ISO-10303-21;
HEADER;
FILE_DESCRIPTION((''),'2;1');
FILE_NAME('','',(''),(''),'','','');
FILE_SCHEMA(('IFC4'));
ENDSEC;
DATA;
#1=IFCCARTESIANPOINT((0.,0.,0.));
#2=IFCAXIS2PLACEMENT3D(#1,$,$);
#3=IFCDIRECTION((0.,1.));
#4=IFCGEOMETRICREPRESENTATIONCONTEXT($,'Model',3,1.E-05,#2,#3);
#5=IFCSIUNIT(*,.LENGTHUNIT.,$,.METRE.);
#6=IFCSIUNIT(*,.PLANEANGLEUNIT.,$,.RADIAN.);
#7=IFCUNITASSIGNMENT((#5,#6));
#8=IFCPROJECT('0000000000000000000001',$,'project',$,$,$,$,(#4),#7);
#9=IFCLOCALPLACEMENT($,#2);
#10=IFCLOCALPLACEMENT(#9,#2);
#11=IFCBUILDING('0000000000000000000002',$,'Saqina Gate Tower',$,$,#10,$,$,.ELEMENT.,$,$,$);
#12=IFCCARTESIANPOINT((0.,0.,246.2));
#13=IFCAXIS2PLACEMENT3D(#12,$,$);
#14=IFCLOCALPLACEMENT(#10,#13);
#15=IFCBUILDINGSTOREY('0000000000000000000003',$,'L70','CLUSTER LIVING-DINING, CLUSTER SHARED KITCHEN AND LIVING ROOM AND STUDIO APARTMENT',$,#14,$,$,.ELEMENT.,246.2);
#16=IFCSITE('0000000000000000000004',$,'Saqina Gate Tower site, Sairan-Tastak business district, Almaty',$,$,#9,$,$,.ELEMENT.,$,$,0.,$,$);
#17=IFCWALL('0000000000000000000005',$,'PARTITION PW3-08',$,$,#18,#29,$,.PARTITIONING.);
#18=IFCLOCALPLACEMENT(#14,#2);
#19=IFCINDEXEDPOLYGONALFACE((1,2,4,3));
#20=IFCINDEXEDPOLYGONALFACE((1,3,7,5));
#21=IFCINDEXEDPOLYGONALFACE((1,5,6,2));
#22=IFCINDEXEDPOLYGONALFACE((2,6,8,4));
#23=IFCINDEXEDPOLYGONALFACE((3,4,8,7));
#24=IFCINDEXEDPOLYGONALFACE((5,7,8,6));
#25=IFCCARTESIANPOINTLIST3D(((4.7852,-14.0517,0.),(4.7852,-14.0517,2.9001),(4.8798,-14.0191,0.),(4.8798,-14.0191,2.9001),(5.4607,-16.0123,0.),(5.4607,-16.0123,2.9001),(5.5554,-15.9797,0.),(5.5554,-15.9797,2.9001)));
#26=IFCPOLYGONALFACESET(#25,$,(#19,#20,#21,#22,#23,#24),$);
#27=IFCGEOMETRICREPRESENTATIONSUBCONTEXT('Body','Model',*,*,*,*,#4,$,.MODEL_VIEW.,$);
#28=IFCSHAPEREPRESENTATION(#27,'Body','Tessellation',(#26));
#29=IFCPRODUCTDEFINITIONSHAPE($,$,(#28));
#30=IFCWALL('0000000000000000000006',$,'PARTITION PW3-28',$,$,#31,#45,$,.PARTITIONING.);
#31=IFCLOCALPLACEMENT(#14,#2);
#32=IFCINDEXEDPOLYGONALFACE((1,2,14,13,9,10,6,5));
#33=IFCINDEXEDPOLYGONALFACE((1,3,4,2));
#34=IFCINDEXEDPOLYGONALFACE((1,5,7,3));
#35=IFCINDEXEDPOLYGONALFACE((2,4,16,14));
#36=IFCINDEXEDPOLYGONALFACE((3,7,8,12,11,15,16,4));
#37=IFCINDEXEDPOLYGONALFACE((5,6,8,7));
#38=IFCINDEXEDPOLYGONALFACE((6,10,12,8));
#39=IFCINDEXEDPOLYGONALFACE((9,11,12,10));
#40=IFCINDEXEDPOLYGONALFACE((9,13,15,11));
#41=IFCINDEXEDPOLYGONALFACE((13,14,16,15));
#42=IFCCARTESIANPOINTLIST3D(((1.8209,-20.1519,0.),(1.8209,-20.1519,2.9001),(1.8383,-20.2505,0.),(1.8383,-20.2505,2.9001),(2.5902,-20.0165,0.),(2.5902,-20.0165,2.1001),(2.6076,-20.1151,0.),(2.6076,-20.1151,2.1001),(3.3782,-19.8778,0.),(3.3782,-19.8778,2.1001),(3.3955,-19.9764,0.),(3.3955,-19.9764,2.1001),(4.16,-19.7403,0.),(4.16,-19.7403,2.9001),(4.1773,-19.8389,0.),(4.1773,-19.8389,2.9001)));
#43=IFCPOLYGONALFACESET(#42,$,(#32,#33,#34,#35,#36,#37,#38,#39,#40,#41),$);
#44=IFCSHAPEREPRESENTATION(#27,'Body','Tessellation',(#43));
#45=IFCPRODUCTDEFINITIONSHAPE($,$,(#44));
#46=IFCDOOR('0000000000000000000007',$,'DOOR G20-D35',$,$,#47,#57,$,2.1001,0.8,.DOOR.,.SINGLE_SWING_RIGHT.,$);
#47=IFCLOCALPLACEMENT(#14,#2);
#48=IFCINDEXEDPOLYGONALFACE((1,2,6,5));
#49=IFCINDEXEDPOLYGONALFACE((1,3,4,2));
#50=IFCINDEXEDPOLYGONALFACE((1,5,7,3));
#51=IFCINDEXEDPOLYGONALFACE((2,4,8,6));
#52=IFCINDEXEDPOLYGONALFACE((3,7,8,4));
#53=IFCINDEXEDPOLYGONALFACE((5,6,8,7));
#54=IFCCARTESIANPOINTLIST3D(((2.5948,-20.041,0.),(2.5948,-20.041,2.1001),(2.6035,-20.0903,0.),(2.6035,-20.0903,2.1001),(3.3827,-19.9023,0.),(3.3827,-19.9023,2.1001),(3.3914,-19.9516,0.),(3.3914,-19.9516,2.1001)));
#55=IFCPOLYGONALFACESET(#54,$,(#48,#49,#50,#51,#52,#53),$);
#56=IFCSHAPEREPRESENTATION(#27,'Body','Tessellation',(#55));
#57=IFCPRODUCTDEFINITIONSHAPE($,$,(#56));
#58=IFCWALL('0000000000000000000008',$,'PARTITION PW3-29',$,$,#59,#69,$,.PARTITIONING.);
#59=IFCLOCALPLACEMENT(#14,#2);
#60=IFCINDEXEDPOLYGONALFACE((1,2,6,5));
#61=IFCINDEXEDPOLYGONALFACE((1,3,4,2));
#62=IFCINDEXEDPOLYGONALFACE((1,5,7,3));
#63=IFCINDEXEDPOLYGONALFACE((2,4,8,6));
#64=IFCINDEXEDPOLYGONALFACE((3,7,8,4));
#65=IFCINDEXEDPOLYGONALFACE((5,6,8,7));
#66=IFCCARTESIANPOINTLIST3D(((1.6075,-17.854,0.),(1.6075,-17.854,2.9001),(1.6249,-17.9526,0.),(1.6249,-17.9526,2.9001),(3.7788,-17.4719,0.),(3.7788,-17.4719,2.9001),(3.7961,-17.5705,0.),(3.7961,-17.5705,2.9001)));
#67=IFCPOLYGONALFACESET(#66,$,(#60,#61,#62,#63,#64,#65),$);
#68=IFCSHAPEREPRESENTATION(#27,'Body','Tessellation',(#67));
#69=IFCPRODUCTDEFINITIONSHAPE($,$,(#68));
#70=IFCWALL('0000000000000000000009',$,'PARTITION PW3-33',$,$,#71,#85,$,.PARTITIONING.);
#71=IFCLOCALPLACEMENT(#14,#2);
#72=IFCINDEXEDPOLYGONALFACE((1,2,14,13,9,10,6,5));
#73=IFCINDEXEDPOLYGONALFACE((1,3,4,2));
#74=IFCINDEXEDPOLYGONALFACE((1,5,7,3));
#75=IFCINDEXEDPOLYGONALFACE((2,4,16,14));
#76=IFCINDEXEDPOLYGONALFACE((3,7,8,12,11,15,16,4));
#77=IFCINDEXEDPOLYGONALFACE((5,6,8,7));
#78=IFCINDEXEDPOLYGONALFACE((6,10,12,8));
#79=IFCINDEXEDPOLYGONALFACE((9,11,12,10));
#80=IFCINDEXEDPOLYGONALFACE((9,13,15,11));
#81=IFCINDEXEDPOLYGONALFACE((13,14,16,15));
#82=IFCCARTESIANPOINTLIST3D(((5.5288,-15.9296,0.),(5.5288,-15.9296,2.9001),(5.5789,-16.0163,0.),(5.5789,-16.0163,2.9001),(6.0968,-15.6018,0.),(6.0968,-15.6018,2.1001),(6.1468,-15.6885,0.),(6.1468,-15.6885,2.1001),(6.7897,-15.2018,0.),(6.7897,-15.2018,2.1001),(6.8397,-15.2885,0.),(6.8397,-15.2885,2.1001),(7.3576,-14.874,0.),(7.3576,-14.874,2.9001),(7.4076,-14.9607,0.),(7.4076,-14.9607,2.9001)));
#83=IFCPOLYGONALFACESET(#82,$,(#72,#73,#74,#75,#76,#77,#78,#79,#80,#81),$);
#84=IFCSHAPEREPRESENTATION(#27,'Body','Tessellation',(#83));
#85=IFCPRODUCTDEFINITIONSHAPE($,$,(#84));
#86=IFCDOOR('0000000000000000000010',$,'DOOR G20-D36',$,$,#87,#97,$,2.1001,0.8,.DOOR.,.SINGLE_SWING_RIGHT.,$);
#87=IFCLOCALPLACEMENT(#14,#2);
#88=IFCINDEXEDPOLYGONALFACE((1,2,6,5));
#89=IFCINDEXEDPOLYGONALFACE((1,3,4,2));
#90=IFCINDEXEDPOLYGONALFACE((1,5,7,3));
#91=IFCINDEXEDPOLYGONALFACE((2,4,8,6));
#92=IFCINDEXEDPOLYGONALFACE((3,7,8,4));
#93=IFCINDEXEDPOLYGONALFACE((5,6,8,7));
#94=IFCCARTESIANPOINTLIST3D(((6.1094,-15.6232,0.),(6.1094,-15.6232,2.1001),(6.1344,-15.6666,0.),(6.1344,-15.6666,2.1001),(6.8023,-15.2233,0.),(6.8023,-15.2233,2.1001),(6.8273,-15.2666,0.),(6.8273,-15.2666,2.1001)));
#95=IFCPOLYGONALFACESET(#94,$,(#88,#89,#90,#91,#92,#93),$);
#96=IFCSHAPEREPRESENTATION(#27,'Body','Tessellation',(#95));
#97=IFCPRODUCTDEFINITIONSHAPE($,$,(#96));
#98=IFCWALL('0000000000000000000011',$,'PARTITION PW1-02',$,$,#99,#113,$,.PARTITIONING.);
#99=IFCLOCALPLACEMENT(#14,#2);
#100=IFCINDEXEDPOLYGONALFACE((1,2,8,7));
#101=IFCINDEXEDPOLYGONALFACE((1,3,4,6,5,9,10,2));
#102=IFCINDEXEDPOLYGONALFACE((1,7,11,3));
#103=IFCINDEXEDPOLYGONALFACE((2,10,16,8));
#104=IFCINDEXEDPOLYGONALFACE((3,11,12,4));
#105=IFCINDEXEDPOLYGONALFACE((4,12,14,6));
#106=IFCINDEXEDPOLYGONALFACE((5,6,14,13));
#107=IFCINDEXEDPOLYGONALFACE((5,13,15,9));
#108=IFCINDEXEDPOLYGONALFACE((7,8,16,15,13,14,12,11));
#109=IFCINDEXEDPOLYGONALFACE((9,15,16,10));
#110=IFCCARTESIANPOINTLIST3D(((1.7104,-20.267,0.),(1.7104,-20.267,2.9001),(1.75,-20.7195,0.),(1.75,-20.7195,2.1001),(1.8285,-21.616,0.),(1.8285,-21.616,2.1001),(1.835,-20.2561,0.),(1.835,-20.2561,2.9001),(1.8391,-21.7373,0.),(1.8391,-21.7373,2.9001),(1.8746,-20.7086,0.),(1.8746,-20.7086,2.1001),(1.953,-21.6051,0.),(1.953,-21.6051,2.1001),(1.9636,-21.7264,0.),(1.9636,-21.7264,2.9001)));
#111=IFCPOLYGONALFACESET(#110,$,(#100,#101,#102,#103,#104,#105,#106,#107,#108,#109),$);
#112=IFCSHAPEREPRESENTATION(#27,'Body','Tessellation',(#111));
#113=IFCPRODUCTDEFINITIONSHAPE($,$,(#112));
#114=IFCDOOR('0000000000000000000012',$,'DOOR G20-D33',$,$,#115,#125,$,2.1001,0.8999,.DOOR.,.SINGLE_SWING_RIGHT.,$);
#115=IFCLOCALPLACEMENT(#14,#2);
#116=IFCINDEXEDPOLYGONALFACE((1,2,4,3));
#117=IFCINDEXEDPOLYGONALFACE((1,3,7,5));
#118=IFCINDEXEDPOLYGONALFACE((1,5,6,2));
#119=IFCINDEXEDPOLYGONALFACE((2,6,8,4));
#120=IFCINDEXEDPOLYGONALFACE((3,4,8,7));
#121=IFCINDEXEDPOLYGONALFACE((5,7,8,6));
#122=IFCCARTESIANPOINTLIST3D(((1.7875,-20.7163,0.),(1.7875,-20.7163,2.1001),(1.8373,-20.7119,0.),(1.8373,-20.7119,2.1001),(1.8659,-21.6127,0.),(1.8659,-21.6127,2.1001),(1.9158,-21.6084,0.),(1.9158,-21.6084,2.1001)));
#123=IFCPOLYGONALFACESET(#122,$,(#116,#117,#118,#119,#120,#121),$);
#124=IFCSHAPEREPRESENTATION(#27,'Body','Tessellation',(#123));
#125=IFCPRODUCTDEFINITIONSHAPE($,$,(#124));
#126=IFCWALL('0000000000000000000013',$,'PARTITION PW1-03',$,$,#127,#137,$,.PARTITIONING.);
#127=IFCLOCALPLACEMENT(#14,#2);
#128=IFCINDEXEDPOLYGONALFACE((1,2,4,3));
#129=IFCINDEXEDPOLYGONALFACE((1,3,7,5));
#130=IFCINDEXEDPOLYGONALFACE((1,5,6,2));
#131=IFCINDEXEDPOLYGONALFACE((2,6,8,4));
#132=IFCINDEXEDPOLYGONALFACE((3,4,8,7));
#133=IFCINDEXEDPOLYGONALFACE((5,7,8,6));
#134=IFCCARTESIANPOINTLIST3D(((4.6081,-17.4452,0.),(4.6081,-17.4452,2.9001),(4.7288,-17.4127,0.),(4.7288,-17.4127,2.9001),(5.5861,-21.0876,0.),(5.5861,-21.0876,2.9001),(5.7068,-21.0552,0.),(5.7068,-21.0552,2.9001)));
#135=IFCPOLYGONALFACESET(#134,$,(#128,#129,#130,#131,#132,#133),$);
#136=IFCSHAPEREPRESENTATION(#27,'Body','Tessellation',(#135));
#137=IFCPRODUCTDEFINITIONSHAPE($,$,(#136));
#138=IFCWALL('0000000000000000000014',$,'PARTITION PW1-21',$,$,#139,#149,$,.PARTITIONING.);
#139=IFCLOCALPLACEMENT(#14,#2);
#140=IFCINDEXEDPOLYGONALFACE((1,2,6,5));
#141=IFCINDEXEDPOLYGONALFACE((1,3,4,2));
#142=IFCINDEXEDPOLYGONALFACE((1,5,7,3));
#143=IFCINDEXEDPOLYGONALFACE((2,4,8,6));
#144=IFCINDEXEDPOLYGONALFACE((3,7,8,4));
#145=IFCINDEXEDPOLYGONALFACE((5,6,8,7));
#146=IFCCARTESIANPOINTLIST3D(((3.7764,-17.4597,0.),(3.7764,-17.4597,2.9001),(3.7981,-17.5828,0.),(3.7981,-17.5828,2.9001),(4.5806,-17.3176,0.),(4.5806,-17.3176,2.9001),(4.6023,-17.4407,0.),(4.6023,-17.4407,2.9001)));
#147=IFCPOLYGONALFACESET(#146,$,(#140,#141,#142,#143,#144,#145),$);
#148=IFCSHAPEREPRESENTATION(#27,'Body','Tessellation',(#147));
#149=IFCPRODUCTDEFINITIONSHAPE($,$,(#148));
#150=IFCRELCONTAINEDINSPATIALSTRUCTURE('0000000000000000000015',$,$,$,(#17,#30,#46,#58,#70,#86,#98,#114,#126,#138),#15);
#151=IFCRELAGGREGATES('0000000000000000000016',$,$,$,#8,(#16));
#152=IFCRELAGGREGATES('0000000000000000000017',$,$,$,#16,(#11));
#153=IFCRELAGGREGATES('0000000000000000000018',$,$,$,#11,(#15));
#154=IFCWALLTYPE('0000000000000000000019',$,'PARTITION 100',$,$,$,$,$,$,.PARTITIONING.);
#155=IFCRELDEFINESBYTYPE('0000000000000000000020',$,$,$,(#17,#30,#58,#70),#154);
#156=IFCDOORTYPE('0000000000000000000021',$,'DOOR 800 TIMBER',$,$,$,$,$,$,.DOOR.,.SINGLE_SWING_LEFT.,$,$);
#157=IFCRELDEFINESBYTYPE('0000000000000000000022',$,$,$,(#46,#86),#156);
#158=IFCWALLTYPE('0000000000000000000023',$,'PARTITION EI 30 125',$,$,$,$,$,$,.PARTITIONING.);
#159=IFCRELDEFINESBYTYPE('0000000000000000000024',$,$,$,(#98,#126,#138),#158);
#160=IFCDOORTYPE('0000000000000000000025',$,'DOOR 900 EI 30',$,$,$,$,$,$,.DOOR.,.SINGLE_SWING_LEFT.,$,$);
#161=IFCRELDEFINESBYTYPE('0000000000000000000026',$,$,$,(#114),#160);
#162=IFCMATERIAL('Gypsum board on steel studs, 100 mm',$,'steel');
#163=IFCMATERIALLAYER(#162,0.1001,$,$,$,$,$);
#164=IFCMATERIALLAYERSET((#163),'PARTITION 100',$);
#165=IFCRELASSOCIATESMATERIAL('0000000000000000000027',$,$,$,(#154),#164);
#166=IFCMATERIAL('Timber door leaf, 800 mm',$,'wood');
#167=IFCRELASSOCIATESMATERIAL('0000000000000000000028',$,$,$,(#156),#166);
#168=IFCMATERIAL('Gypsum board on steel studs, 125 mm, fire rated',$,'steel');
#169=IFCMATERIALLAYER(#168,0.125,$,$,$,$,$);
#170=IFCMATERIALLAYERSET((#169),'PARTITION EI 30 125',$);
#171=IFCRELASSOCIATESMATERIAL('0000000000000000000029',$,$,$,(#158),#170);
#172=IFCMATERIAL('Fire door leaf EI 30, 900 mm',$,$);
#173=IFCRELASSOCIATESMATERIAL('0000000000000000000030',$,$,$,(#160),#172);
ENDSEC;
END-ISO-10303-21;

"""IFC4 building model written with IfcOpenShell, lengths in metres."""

from ifc_helpers import new_model, si_unit, direction, frame, frame_2d, origin, place, context, subcontext, project, spatial, rectangle, extrude, material, layer, layer_set, type_object, element, fill, save


model = new_model("IFC4")

# Units and contexts
model_context = context("Model", 3, precision=1e-05, world=origin(), true_north=direction((0.0, 1.0)))
body_context = subcontext(model_context, "Body", "Model", "MODEL_VIEW")
ifc_project = project(units=[si_unit("LENGTHUNIT", "METRE"), si_unit("PLANEANGLEUNIT", "RADIAN")], contexts=[model_context])

# Site, building, storey
site_placement = place(None, origin())
site = spatial("IfcSite", under=ifc_project, at=site_placement, Name="Saqina Gate Tower site, Sairan-Tastak business district, Almaty", CompositionType="ELEMENT", RefElevation=0.0)
building_placement = place(site_placement, origin())
building = spatial("IfcBuilding", under=site, at=building_placement, Name="Saqina Gate Tower", CompositionType="ELEMENT")
storey_placement = place(building_placement, frame((0.0, 0.0, 246.2)))
storey = spatial("IfcBuildingStorey", under=building, at=storey_placement, Name="L70", Description="CLUSTER LIVING-DINING, CLUSTER SHARED KITCHEN AND LIVING ROOM AND STUDIO APARTMENT", CompositionType="ELEMENT", Elevation=246.2)

# Wall
ifc_material_1 = material(Name="Gypsum board on steel studs, 100 mm", Category="steel")
ifc_layer_1 = layer(ifc_material_1, 0.1001)
ifc_layer_set_1 = layer_set([ifc_layer_1], Name="PARTITION 100")
wall_type_1 = type_object("IfcWallType", Name="PARTITION 100", PredefinedType="PARTITIONING", material=ifc_layer_set_1)
wall_1_placement = place(storey_placement, frame((4.8325, -14.0354, 0.0), z_axis=(0.0, 0.0, 1.0), x_axis=(0.325748, -0.945457, 0.0)))
element("IfcWall", 1, at=wall_1_placement, inside=storey, type_object=wall_type_1, Name="PARTITION PW3-08", PredefinedType="PARTITIONING", context=body_context, shape_type="SweptSolid", body=[
    extrude(rectangle(XDim=2.0737, YDim=0.1001, at=frame_2d((1.0369, 0.0))), origin(), (0.0, 0.0, 1.0), 2.9001),
])

# Wall, opening, door
wall_2_placement = place(storey_placement, frame((1.8296, -20.2012, 0.0), z_axis=(0.0, 0.0, 1.0), x_axis=(0.984867, 0.17331, 0.0)))
wall_2 = element("IfcWall", 2, at=wall_2_placement, inside=storey, type_object=wall_type_1, Name="PARTITION PW3-28", PredefinedType="PARTITIONING", context=body_context, shape_type="SweptSolid", body=[
    extrude(rectangle(XDim=2.375, YDim=0.1001, at=frame_2d((1.1875, 0.0))), origin(), (0.0, 0.0, 1.0), 2.9001),
])
opening_1_placement = place(wall_2_placement, frame((0.7812, 0.0, 0.0)))
opening_1 = element("IfcOpeningElement", 3, at=opening_1_placement, cuts=wall_2, PredefinedType="OPENING", context=body_context, shape_type="SweptSolid", body=[
    extrude(rectangle(XDim=0.8, YDim=2.1001, at=frame_2d((0.3999, 1.05))), frame((0.0, 0.062, 0.0), z_axis=(0.0, -1.0, 0.0), x_axis=(1.0, 0.0, 0.0)), (0.0, 0.0, 1.0), 0.124),
])
ifc_material_2 = material(Name="Timber door leaf, 800 mm", Category="wood")
door_type_1 = type_object("IfcDoorType", Name="DOOR 800 TIMBER", OperationType="SINGLE_SWING_LEFT", PredefinedType="DOOR", material=ifc_material_2)
door_1_placement = place(opening_1_placement, frame((0.8, 0.0, 0.0), z_axis=(0.0, 0.0, 1.0), x_axis=(-1.0, 0.0, 0.0)))
door_1 = element("IfcDoor", 4, at=door_1_placement, inside=storey, type_object=door_type_1, Name="DOOR G20-D35", OperationType="SINGLE_SWING_RIGHT", OverallHeight=2.1001, OverallWidth=0.8, PredefinedType="DOOR", context=body_context, shape_type="SweptSolid", body=[
    extrude(rectangle(XDim=0.8, YDim=2.1001, at=frame_2d((0.3999, 1.05))), frame((0.0, 0.0249, 0.0), z_axis=(0.0, -1.0, 0.0), x_axis=(1.0, 0.0, 0.0)), (0.0, 0.0, 1.0), 0.05),
])
fill(opening_1, door_1)

# Wall
wall_3_placement = place(storey_placement, frame((1.6162, -17.9033, 0.0), z_axis=(0.0, 0.0, 1.0), x_axis=(0.984866, 0.173318, 0.0)))
element("IfcWall", 5, at=wall_3_placement, inside=storey, type_object=wall_type_1, Name="PARTITION PW3-29", PredefinedType="PARTITIONING", context=body_context, shape_type="SweptSolid", body=[
    extrude(rectangle(XDim=2.2046, YDim=0.1001, at=frame_2d((1.1023, 0.0))), origin(), (0.0, 0.0, 1.0), 2.9001),
])

# Walls, openings, doors
wall_4_placement = place(storey_placement, frame((5.554, -15.9729, 0.0), z_axis=(0.0, 0.0, 1.0), x_axis=(0.866072, 0.499919, 0.0)))
wall_4 = element("IfcWall", 6, at=wall_4_placement, inside=storey, type_object=wall_type_1, Name="PARTITION PW3-33", PredefinedType="PARTITIONING", context=body_context, shape_type="SweptSolid", body=[
    extrude(rectangle(XDim=2.1116, YDim=0.1001, at=frame_2d((1.0557, 0.0))), origin(), (0.0, 0.0, 1.0), 2.9001),
])
opening_2_placement = place(wall_4_placement, frame((0.6558, 0.0, 0.0)))
opening_2 = element("IfcOpeningElement", 7, at=opening_2_placement, cuts=wall_4, PredefinedType="OPENING", context=body_context, shape_type="SweptSolid", body=[
    extrude(rectangle(XDim=0.8, YDim=2.1001, at=frame_2d((0.3999, 1.05))), frame((0.0, 0.062, 0.0), z_axis=(0.0, -1.0, 0.0), x_axis=(1.0, 0.0, 0.0)), (0.0, 0.0, 1.0), 0.124),
])
door_2_placement = place(opening_2_placement, frame((0.8, 0.0, 0.0), z_axis=(0.0, 0.0, 1.0), x_axis=(-1.0, 0.0, 0.0)))
door_2 = element("IfcDoor", 8, at=door_2_placement, inside=storey, type_object=door_type_1, Name="DOOR G20-D36", OperationType="SINGLE_SWING_RIGHT", OverallHeight=2.1001, OverallWidth=0.8, PredefinedType="DOOR", context=body_context, shape_type="SweptSolid", body=[
    extrude(rectangle(XDim=0.8, YDim=2.1001, at=frame_2d((0.3999, 1.05))), frame((0.0, 0.0249, 0.0), z_axis=(0.0, -1.0, 0.0), x_axis=(1.0, 0.0, 0.0)), (0.0, 0.0, 1.0), 0.05),
])
fill(opening_2, door_2)
ifc_material_3 = material(Name="Gypsum board on steel studs, 125 mm, fire rated", Category="steel")
ifc_layer_2 = layer(ifc_material_3, 0.125)
ifc_layer_set_2 = layer_set([ifc_layer_2], Name="PARTITION EI 30 125")
wall_type_2 = type_object("IfcWallType", Name="PARTITION EI 30 125", PredefinedType="PARTITIONING", material=ifc_layer_set_2)
wall_5_placement = place(storey_placement, frame((1.7727, -20.2617, 0.0), z_axis=(0.0, 0.0, 1.0), x_axis=(0.087179, -0.996193, 0.0)))
wall_5 = element("IfcWall", 9, at=wall_5_placement, inside=storey, type_object=wall_type_2, Name="PARTITION PW1-02", PredefinedType="PARTITIONING", context=body_context, shape_type="SweptSolid", body=[
    extrude(rectangle(XDim=1.4758, YDim=0.125, at=frame_2d((0.7378, 0.0))), origin(), (0.0, 0.0, 1.0), 2.9001),
])
opening_3_placement = place(wall_5_placement, frame((0.4541, 0.0, 0.0)))
opening_3 = element("IfcOpeningElement", 10, at=opening_3_placement, cuts=wall_5, PredefinedType="OPENING", context=body_context, shape_type="SweptSolid", body=[
    extrude(rectangle(XDim=0.8999, YDim=2.1001, at=frame_2d((0.45, 1.05))), frame((0.0, 0.0745, 0.0), z_axis=(0.0, -1.0, 0.0), x_axis=(1.0, 0.0, 0.0)), (0.0, 0.0, 1.0), 0.1489),
])
ifc_material_4 = material(Name="Fire door leaf EI 30, 900 mm")
door_type_2 = type_object("IfcDoorType", Name="DOOR 900 EI 30", OperationType="SINGLE_SWING_LEFT", PredefinedType="DOOR", material=ifc_material_4)
door_3_placement = place(opening_3_placement, frame((0.8999, 0.0, 0.0), z_axis=(0.0, 0.0, 1.0), x_axis=(-1.0, 0.0, 0.0)))
door_3 = element("IfcDoor", 11, at=door_3_placement, inside=storey, type_object=door_type_2, Name="DOOR G20-D33", OperationType="SINGLE_SWING_RIGHT", OverallHeight=2.1001, OverallWidth=0.8999, PredefinedType="DOOR", context=body_context, shape_type="SweptSolid", body=[
    extrude(rectangle(XDim=0.8999, YDim=2.1001, at=frame_2d((0.45, 1.05))), frame((0.0, 0.0249, 0.0), z_axis=(0.0, -1.0, 0.0), x_axis=(1.0, 0.0, 0.0)), (0.0, 0.0, 1.0), 0.05),
])
fill(opening_3, door_3)

# Walls
wall_6_placement = place(storey_placement, frame((4.6685, -17.429, 0.0), z_axis=(0.0, 0.0, 1.0), x_axis=(0.259314, -0.965793, 0.0)))
element("IfcWall", 12, at=wall_6_placement, inside=storey, type_object=wall_type_2, Name="PARTITION PW1-03", PredefinedType="PARTITIONING", context=body_context, shape_type="SweptSolid", body=[
    extrude(rectangle(XDim=3.7715, YDim=0.125, at=frame_2d((1.8857, 0.0))), origin(), (0.0, 0.0, 1.0), 2.9001),
])
wall_7_placement = place(storey_placement, frame((3.7874, -17.5212, 0.0), z_axis=(0.0, 0.0, 1.0), x_axis=(0.984747, 0.17399, 0.0)))
element("IfcWall", 13, at=wall_7_placement, inside=storey, type_object=wall_type_2, Name="PARTITION PW1-21", PredefinedType="PARTITIONING", context=body_context, shape_type="SweptSolid", body=[
    extrude(rectangle(XDim=0.8167, YDim=0.125, at=frame_2d((0.4082, 0.0))), origin(), (0.0, 0.0, 1.0), 2.9001),
])

save(model, "model.ifc")
